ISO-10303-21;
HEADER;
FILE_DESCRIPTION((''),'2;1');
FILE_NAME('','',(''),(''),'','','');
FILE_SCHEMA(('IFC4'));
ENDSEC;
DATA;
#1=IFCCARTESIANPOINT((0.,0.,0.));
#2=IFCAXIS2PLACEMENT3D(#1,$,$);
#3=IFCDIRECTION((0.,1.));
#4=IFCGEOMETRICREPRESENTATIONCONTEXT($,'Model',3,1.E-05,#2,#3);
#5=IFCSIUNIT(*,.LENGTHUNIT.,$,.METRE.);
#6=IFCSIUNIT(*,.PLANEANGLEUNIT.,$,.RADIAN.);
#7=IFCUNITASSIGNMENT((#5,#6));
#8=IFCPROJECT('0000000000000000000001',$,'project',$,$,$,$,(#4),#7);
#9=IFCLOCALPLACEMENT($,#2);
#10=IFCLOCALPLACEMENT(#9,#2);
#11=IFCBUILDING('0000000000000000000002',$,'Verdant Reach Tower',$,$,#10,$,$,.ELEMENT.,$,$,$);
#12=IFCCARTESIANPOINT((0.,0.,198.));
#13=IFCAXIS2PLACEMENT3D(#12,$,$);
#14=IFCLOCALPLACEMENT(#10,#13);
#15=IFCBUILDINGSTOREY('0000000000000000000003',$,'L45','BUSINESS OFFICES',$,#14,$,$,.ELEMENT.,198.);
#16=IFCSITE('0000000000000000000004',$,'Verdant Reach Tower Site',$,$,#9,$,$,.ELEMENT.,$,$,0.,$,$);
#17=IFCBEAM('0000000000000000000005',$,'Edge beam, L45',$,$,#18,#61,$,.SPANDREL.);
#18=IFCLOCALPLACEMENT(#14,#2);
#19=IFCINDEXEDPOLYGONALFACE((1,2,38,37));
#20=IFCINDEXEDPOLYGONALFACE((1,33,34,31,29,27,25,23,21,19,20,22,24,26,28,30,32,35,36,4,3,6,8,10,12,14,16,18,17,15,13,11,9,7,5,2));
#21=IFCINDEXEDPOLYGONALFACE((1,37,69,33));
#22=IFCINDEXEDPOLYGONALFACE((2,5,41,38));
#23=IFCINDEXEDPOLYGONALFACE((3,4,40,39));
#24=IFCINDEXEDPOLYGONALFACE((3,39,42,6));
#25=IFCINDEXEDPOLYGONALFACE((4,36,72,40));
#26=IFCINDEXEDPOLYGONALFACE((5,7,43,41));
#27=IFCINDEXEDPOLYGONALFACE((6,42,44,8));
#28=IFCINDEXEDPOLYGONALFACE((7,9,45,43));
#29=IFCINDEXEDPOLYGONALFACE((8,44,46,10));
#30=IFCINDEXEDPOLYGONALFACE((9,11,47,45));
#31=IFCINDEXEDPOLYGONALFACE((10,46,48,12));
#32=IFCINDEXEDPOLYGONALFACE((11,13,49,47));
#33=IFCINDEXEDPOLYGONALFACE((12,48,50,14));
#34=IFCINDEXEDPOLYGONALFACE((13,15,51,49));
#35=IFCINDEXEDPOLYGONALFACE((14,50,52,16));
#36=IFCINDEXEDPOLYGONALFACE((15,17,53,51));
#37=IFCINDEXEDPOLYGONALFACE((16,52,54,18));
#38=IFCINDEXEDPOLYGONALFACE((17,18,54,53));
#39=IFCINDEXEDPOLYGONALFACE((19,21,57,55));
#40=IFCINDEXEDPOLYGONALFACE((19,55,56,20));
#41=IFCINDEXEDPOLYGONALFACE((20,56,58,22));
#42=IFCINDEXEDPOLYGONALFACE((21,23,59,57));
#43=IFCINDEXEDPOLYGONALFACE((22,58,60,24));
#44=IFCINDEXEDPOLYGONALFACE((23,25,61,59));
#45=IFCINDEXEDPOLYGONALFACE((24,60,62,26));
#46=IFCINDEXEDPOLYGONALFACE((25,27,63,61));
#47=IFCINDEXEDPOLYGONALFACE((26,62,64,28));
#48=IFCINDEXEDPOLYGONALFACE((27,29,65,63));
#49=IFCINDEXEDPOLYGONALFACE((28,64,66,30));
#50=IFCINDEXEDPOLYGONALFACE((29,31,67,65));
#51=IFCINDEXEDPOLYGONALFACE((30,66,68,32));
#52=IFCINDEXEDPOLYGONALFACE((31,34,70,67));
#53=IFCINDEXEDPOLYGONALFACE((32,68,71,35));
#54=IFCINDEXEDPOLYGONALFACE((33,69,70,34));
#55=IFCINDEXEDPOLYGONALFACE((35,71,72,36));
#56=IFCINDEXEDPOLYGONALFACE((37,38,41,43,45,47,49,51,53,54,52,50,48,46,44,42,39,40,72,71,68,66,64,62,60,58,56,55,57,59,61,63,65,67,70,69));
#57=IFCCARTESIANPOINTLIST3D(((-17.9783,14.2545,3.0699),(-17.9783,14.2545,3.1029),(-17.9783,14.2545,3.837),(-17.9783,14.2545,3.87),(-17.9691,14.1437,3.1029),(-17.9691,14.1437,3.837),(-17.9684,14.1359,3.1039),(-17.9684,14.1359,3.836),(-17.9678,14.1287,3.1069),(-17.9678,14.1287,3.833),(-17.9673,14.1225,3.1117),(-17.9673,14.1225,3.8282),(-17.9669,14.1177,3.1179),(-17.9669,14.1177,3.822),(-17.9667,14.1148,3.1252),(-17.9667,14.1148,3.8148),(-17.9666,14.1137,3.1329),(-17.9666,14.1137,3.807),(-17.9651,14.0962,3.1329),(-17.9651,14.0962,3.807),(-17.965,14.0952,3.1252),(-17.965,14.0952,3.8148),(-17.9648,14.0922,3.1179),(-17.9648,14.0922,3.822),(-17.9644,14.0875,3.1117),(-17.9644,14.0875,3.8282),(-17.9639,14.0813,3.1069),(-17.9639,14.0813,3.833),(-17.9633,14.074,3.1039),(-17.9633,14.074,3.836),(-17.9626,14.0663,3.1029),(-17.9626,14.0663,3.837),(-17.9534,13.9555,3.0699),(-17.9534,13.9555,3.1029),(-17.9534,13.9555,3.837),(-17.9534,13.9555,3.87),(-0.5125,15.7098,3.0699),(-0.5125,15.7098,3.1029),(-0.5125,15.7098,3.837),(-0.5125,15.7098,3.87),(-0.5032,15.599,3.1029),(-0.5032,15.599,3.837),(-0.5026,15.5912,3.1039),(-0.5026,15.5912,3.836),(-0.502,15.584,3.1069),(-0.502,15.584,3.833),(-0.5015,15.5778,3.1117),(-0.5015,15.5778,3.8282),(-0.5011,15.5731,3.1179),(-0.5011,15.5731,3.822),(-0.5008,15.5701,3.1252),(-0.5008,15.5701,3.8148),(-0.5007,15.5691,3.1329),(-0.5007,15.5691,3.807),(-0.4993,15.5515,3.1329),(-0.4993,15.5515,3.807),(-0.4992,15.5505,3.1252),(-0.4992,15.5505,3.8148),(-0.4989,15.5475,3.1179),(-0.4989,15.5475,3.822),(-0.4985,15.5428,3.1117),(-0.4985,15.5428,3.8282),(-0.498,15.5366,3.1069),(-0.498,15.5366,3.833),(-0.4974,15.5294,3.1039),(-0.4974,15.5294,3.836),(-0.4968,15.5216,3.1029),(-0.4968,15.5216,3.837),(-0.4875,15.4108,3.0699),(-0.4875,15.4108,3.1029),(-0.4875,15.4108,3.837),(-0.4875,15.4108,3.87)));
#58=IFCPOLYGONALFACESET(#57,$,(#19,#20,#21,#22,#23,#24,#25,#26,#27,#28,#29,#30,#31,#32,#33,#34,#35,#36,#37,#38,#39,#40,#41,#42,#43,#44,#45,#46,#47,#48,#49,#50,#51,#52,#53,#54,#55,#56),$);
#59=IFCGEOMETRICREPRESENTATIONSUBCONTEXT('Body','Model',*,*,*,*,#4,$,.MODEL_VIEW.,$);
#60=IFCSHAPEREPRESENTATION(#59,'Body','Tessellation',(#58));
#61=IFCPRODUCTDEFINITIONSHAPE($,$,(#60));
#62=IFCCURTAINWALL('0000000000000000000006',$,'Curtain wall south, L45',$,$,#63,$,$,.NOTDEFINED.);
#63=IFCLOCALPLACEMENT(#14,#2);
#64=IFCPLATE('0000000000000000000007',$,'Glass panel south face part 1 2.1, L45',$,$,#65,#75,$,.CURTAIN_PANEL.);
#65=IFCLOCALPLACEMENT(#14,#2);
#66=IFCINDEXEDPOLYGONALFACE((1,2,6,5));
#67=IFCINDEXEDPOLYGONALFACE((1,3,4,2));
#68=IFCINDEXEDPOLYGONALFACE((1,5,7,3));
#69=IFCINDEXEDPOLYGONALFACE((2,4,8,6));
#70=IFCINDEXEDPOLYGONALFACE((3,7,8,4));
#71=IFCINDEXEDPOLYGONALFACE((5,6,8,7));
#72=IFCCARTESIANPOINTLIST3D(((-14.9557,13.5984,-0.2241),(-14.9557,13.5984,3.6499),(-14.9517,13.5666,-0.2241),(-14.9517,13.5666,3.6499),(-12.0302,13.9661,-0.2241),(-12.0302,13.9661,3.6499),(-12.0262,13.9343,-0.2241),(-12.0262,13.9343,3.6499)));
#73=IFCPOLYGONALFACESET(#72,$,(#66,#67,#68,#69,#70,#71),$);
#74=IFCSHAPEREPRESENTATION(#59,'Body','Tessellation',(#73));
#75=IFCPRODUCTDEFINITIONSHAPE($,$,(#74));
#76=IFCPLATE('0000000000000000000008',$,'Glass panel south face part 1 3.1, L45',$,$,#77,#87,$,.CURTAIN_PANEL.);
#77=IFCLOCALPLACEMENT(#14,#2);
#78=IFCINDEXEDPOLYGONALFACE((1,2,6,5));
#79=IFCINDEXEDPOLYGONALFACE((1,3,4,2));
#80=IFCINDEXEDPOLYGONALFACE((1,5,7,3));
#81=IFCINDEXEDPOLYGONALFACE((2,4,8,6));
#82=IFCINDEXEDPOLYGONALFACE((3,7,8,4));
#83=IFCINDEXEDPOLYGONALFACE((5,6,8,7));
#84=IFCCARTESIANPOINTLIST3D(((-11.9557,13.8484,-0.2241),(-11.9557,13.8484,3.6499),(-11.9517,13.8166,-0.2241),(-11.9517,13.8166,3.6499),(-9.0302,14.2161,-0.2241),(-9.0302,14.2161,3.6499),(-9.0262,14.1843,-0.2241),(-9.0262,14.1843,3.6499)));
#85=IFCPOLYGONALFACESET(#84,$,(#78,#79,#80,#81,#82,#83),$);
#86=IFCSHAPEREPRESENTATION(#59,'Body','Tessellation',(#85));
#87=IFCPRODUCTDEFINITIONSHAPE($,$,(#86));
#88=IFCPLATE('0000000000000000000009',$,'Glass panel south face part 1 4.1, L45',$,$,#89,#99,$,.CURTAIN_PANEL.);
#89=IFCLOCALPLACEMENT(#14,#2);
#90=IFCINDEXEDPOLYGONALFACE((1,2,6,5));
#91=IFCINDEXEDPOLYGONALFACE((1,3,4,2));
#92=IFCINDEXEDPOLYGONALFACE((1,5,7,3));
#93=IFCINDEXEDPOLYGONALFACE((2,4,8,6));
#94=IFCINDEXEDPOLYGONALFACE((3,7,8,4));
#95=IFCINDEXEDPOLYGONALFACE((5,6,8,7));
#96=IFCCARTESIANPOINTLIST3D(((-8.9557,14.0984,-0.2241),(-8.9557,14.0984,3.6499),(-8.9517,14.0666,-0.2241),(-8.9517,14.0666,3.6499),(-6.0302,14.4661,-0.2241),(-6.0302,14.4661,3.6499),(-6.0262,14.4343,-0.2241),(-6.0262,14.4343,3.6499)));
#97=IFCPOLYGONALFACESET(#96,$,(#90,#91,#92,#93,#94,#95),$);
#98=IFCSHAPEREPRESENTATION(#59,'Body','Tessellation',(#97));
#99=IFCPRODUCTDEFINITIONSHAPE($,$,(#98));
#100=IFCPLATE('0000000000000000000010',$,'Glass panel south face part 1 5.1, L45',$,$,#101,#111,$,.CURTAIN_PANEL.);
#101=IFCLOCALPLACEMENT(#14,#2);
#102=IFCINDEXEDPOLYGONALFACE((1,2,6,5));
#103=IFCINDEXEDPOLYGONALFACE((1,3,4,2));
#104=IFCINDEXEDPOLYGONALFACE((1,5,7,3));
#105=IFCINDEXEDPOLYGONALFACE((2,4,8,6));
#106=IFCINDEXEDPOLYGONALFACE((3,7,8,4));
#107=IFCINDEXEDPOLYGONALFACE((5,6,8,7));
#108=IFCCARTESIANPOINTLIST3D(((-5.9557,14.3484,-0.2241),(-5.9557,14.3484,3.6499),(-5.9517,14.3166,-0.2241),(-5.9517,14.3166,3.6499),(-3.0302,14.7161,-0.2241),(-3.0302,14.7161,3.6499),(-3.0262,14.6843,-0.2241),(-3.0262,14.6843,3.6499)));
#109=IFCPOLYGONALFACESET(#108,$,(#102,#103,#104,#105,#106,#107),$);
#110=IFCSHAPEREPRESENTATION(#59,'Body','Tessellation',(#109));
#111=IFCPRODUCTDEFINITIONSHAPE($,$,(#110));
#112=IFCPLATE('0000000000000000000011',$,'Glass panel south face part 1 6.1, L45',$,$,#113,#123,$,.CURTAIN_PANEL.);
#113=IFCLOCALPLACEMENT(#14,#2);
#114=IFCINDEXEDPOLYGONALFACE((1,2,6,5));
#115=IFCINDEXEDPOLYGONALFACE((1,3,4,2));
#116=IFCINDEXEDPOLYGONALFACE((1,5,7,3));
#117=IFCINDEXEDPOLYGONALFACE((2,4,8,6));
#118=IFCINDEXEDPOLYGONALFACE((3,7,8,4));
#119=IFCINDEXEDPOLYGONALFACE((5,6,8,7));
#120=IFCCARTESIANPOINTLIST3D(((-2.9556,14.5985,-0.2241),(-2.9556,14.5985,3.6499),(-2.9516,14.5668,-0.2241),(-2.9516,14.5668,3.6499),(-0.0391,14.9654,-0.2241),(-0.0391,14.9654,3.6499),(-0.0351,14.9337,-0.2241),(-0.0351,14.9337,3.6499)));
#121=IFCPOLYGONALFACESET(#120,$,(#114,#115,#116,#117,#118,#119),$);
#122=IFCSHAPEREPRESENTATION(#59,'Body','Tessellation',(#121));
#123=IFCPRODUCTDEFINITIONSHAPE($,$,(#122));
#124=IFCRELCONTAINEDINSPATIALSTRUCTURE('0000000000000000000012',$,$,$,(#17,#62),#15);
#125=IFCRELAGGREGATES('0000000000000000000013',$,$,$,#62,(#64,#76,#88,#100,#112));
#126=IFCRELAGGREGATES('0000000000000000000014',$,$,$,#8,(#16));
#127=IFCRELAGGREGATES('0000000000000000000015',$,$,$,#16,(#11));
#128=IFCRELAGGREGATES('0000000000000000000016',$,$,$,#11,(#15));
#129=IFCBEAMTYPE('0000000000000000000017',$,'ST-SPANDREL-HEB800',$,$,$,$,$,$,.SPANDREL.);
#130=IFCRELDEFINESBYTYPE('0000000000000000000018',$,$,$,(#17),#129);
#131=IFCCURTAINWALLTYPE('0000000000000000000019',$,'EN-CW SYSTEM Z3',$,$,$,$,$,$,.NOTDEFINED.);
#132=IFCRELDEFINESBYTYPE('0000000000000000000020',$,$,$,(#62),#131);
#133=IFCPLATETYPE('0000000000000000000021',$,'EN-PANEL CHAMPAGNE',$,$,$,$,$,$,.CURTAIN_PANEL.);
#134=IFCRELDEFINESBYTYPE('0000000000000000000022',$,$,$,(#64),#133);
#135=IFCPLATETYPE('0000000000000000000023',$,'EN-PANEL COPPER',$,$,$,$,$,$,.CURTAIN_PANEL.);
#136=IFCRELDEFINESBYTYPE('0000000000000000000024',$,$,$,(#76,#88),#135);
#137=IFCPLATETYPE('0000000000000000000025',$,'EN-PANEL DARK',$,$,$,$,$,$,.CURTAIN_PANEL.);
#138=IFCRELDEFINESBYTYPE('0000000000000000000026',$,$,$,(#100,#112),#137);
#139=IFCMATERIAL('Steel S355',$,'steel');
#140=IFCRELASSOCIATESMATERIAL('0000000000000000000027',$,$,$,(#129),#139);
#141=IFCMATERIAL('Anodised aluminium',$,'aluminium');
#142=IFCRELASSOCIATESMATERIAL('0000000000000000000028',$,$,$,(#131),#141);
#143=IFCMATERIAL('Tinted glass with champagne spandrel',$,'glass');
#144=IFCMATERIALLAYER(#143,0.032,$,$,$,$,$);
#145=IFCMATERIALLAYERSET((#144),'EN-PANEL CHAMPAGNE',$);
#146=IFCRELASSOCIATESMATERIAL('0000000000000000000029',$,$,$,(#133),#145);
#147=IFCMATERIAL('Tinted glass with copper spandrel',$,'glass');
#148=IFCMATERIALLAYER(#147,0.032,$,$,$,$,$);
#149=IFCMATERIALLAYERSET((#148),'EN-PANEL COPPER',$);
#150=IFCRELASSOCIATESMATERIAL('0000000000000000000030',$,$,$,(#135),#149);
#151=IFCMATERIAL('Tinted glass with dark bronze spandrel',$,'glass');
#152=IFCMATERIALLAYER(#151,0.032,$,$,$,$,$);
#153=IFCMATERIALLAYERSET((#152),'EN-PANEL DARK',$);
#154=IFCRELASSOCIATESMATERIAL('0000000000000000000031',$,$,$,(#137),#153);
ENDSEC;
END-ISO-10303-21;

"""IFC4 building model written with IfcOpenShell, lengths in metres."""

from ifc_helpers import new_model, si_unit, direction, frame, origin, origin_2d, place, context, subcontext, project, spatial, rectangle, i_section, extrude, material, layer, layer_set, material_profile, profile_set, type_object, element, aggregate, save


model = new_model("IFC4")

# Units and contexts
model_context = context("Model", 3, precision=1e-05, world=origin(), true_north=direction((0.0, 1.0)))
body_context = subcontext(model_context, "Body", "Model", "MODEL_VIEW")
ifc_project = project(units=[si_unit("LENGTHUNIT", "METRE"), si_unit("PLANEANGLEUNIT", "RADIAN")], contexts=[model_context])

# Site, building, storey
site_placement = place(None, origin())
site = spatial("IfcSite", under=ifc_project, at=site_placement, Name="Verdant Reach Tower Site", CompositionType="ELEMENT", RefElevation=0.0)
building_placement = place(site_placement, origin())
building = spatial("IfcBuilding", under=site, at=building_placement, Name="Verdant Reach Tower", CompositionType="ELEMENT")
storey_placement = place(building_placement, frame((0.0, 0.0, 198.0)))
storey = spatial("IfcBuildingStorey", under=building, at=storey_placement, Name="L45", Description="BUSINESS OFFICES", CompositionType="ELEMENT", Elevation=198.0)

# Beam
ifc_material_1 = material(Name="Steel S355", Category="steel")
ifc_material_profile_1 = material_profile(ifc_material_1, i_section(OverallWidth=0.3, OverallDepth=0.8, WebThickness=0.0176, FlangeThickness=0.033, FilletRadius=0.03, at=origin_2d()), Name="HEB 800")
ifc_profile_set_1 = profile_set([ifc_material_profile_1], Name="Steel S355")
beam_type_1 = type_object("IfcBeamType", Name="ST-SPANDREL-HEB800", PredefinedType="SPANDREL", material=ifc_profile_set_1)
beam_1_placement = place(storey_placement, frame((-0.5, 15.5603, 3.47), z_axis=(-0.996547, -0.083036, 0.0), x_axis=(0.083036, -0.996547, 0.0)))
element("IfcBeam", 1, at=beam_1_placement, inside=storey, type_object=beam_type_1, Name="Edge beam, L45", PredefinedType="SPANDREL", context=body_context, shape_type="SweptSolid", body=[
    extrude(i_section(OverallWidth=0.3, OverallDepth=0.8, WebThickness=0.0176, FlangeThickness=0.033, FilletRadius=0.03, at=origin_2d()), origin(), (0.0, 0.0, 1.0), 17.5264),
])

# Curtain wall, plates
ifc_material_2 = material(Name="Anodised aluminium", Category="aluminium")
curtain_wall_type = type_object("IfcCurtainWallType", Name="EN-CW SYSTEM Z3", PredefinedType="NOTDEFINED", material=ifc_material_2)
curtain_wall_placement = place(storey_placement, origin())
curtain_wall = element("IfcCurtainWall", 2, at=curtain_wall_placement, inside=storey, type_object=curtain_wall_type, Name="Curtain wall south, L45", PredefinedType="NOTDEFINED")
ifc_material_3 = material(Name="Tinted glass with champagne spandrel", Category="glass")
ifc_layer_1 = layer(ifc_material_3, 0.032)
ifc_layer_set_1 = layer_set([ifc_layer_1], Name="EN-PANEL CHAMPAGNE")
plate_type_1 = type_object("IfcPlateType", Name="EN-PANEL CHAMPAGNE", PredefinedType="CURTAIN_PANEL", material=ifc_layer_set_1)
plate_1_placement = place(storey_placement, frame((-13.491, 13.7664, -0.2241), z_axis=(0.0, 0.0, 1.0), x_axis=(0.992194, 0.124704, 0.0)))
plate_1 = element("IfcPlate", 3, at=plate_1_placement, type_object=plate_type_1, Name="Glass panel south face part 1 2.1, L45", PredefinedType="CURTAIN_PANEL", context=body_context, shape_type="SweptSolid", body=[
    extrude(rectangle(XDim=2.9485, YDim=0.032, at=origin_2d()), origin(), (0.0, 0.0, 1.0), 3.874),
])
ifc_material_4 = material(Name="Tinted glass with copper spandrel", Category="glass")
ifc_layer_2 = layer(ifc_material_4, 0.032)
ifc_layer_set_2 = layer_set([ifc_layer_2], Name="EN-PANEL COPPER")
plate_type_2 = type_object("IfcPlateType", Name="EN-PANEL COPPER", PredefinedType="CURTAIN_PANEL", material=ifc_layer_set_2)
plate_2_placement = place(storey_placement, frame((-10.491, 14.0164, -0.2241), z_axis=(0.0, 0.0, 1.0), x_axis=(0.992194, 0.124704, 0.0)))
plate_2 = element("IfcPlate", 4, at=plate_2_placement, type_object=plate_type_2, Name="Glass panel south face part 1 3.1, L45", PredefinedType="CURTAIN_PANEL", context=body_context, shape_type="SweptSolid", body=[
    extrude(rectangle(XDim=2.9485, YDim=0.032, at=origin_2d()), origin(), (0.0, 0.0, 1.0), 3.874),
])
plate_3_placement = place(storey_placement, frame((-7.491, 14.2664, -0.2241), z_axis=(0.0, 0.0, 1.0), x_axis=(0.992194, 0.124704, 0.0)))
plate_3 = element("IfcPlate", 5, at=plate_3_placement, type_object=plate_type_2, Name="Glass panel south face part 1 4.1, L45", PredefinedType="CURTAIN_PANEL", context=body_context, shape_type="SweptSolid", body=[
    extrude(rectangle(XDim=2.9485, YDim=0.032, at=origin_2d()), origin(), (0.0, 0.0, 1.0), 3.874),
])
ifc_material_5 = material(Name="Tinted glass with dark bronze spandrel", Category="glass")
ifc_layer_3 = layer(ifc_material_5, 0.032)
ifc_layer_set_3 = layer_set([ifc_layer_3], Name="EN-PANEL DARK")
plate_type_3 = type_object("IfcPlateType", Name="EN-PANEL DARK", PredefinedType="CURTAIN_PANEL", material=ifc_layer_set_3)
plate_4_placement = place(storey_placement, frame((-4.491, 14.5164, -0.2241), z_axis=(0.0, 0.0, 1.0), x_axis=(0.992194, 0.124704, 0.0)))
plate_4 = element("IfcPlate", 6, at=plate_4_placement, type_object=plate_type_3, Name="Glass panel south face part 1 5.1, L45", PredefinedType="CURTAIN_PANEL", context=body_context, shape_type="SweptSolid", body=[
    extrude(rectangle(XDim=2.9485, YDim=0.032, at=origin_2d()), origin(), (0.0, 0.0, 1.0), 3.874),
])
plate_5_placement = place(storey_placement, frame((-1.4954, 14.7661, -0.2241), z_axis=(0.0, 0.0, 1.0), x_axis=(0.992178, 0.124828, 0.0)))
plate_5 = element("IfcPlate", 7, at=plate_5_placement, type_object=plate_type_3, Name="Glass panel south face part 1 6.1, L45", PredefinedType="CURTAIN_PANEL", context=body_context, shape_type="SweptSolid", body=[
    extrude(rectangle(XDim=2.9395, YDim=0.032, at=origin_2d()), origin(), (0.0, 0.0, 1.0), 3.874),
])
aggregate(curtain_wall, [plate_1, plate_2, plate_3, plate_4, plate_5])

save(model, "model.ifc")
